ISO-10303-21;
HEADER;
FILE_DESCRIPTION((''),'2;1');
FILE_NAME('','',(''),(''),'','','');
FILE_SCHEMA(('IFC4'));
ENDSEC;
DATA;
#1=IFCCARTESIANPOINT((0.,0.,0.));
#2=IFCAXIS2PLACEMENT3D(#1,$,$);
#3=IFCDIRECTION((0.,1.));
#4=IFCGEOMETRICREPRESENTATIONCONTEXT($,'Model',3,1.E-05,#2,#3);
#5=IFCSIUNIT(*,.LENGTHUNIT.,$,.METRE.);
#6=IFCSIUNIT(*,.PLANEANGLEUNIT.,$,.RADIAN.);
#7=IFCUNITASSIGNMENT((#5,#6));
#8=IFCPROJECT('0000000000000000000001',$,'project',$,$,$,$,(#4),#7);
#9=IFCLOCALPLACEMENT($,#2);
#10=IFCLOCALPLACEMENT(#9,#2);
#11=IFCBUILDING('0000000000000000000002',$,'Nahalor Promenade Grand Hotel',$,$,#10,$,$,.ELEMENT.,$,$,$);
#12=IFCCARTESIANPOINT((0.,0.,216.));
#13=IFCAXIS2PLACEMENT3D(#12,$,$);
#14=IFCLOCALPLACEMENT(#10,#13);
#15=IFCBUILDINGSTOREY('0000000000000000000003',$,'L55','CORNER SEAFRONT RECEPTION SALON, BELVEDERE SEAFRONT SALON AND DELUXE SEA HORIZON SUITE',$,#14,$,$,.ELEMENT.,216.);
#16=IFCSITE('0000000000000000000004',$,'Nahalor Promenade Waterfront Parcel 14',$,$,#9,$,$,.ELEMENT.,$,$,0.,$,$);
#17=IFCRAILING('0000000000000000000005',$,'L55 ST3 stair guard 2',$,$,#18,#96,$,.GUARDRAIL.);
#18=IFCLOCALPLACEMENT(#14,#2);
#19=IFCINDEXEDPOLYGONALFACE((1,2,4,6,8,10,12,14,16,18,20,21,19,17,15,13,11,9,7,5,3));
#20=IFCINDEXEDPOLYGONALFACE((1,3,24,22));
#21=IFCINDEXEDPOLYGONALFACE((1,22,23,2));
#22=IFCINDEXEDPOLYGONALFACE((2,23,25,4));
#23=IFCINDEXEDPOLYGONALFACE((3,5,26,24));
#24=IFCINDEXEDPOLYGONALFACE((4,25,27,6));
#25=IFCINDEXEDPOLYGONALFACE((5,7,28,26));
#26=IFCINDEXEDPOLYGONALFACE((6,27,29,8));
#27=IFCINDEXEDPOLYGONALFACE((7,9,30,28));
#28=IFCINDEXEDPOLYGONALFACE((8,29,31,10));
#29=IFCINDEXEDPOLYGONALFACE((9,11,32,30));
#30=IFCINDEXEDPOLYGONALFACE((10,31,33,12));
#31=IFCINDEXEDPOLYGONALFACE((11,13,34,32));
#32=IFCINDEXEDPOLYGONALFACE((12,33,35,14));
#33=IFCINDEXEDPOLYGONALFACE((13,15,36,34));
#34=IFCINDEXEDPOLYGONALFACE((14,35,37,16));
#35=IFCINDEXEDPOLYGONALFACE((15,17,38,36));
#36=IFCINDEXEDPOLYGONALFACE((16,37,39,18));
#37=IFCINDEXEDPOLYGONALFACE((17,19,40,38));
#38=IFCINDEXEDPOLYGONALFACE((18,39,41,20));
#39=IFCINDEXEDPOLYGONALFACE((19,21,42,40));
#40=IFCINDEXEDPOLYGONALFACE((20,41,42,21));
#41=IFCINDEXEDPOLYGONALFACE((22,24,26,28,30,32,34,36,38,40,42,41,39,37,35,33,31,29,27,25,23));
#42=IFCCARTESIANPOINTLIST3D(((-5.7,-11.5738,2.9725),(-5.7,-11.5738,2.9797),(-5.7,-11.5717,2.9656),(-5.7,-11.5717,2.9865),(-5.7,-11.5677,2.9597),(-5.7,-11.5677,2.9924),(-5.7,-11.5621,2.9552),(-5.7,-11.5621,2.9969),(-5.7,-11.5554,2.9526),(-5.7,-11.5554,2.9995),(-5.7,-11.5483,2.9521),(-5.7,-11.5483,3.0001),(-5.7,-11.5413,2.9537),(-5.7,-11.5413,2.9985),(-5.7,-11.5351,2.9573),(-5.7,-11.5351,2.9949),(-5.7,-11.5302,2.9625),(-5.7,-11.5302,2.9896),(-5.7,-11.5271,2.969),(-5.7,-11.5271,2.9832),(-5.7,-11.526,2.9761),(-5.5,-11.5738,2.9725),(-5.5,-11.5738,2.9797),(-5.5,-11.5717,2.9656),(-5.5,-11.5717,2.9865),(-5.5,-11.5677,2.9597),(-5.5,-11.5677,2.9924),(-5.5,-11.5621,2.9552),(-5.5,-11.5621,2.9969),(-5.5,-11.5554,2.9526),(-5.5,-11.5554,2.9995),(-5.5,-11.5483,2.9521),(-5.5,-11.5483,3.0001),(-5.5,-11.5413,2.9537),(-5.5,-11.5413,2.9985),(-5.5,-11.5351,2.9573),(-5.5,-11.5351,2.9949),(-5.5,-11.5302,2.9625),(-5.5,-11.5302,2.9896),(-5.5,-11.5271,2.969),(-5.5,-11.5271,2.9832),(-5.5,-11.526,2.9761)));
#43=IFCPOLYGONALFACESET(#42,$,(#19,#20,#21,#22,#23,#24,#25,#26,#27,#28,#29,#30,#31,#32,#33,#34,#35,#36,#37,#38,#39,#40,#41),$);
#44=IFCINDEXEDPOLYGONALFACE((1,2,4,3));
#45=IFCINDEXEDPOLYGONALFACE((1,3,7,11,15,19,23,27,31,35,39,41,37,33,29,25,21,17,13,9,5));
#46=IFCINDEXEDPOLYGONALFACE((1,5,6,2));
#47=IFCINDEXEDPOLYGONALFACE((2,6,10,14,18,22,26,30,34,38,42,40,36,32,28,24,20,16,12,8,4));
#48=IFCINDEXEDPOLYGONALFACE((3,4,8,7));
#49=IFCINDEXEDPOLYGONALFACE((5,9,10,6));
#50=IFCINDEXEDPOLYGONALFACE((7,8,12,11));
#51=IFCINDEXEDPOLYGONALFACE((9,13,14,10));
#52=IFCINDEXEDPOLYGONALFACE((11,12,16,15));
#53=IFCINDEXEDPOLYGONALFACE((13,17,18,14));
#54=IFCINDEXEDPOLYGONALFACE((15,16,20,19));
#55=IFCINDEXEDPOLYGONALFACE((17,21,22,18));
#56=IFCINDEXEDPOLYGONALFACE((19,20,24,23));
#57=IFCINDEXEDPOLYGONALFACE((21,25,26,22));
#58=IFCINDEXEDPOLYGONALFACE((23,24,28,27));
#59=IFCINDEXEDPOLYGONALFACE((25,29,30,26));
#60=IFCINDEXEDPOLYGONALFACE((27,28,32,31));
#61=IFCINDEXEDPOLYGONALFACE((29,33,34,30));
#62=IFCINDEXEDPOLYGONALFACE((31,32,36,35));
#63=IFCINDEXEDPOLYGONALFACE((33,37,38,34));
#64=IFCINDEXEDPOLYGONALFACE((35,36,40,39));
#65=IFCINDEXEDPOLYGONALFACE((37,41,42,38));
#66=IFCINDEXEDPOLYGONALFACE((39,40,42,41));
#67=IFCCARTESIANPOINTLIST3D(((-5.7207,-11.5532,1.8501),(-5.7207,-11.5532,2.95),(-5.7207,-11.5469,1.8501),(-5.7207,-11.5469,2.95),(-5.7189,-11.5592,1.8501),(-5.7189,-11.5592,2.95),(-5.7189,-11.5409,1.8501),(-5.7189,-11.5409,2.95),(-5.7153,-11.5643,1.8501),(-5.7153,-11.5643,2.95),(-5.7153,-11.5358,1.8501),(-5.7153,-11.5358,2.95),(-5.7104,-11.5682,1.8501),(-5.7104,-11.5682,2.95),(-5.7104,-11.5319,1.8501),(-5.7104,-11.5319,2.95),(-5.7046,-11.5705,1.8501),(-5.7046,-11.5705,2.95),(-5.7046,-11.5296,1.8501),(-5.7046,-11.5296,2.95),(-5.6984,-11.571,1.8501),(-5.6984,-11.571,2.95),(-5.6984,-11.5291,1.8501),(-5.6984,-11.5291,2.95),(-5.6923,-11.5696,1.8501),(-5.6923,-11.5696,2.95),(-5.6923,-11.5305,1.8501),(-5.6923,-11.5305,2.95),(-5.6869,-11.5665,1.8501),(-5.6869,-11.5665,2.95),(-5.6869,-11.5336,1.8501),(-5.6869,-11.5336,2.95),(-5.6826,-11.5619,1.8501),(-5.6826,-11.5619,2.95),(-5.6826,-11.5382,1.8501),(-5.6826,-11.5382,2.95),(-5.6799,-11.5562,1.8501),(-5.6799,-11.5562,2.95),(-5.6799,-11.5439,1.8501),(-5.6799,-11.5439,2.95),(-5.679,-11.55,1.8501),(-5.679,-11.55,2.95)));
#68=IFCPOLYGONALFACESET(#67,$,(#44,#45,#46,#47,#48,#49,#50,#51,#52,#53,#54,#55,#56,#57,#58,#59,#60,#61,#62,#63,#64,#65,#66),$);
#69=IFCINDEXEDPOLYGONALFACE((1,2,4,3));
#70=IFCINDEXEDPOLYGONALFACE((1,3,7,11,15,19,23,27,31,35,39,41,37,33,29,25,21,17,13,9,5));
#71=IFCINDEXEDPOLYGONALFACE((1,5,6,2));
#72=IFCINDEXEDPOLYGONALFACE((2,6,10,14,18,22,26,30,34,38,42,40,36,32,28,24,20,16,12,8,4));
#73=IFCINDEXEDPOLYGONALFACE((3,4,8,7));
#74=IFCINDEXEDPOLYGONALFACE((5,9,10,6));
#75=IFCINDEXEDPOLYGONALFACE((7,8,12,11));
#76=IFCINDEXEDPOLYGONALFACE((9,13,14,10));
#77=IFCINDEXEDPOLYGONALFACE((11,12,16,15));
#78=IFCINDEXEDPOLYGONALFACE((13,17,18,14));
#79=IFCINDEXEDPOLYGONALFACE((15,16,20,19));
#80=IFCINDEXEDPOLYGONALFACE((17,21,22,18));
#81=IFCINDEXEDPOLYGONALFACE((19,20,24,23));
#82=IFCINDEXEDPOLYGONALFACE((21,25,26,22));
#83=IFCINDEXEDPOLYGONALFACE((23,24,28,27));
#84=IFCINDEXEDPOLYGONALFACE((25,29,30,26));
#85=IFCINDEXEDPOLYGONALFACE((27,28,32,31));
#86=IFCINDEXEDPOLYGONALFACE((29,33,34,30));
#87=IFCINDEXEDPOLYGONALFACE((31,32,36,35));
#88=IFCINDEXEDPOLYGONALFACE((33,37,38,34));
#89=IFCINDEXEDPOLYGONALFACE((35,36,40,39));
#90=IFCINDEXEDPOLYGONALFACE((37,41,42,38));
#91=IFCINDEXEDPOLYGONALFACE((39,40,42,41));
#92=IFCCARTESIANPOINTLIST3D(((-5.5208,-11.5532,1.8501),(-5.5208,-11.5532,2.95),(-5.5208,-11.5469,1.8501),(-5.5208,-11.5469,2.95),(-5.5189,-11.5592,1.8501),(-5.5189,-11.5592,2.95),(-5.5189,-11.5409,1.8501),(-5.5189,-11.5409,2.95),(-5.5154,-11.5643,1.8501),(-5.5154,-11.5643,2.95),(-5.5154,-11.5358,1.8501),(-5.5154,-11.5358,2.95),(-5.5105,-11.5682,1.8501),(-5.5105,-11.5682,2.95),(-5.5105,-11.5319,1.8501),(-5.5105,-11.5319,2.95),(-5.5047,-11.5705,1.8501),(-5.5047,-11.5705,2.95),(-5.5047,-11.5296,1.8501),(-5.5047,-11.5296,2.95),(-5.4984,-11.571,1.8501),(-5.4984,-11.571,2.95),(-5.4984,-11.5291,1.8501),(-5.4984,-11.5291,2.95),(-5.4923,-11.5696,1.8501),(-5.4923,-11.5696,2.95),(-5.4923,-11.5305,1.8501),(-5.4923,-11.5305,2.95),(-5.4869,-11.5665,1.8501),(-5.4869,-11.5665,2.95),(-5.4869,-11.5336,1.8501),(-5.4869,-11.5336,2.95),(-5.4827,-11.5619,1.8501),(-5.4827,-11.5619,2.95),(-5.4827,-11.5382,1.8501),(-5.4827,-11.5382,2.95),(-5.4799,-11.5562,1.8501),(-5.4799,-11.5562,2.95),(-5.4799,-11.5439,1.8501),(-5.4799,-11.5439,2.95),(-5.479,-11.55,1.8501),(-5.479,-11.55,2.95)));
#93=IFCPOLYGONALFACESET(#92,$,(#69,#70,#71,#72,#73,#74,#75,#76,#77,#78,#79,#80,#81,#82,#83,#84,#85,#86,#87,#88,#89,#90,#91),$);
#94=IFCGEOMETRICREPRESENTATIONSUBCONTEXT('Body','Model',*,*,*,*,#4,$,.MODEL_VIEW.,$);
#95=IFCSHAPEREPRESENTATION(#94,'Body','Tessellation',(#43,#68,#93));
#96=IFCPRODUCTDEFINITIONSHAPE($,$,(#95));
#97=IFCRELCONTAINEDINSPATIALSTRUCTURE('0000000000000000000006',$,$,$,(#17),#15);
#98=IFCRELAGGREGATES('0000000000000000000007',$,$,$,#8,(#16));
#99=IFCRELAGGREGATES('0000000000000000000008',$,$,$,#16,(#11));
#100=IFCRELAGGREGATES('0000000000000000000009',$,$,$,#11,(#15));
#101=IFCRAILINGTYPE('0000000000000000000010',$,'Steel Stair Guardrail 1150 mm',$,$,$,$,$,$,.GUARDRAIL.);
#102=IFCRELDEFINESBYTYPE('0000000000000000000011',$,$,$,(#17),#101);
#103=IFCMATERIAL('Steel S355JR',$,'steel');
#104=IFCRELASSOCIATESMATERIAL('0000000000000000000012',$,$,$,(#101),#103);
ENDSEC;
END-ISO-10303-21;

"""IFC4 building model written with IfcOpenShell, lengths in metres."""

from ifc_helpers import new_model, si_unit, direction, frame, origin, origin_2d, place, context, subcontext, project, spatial, circle, extrude, material, type_object, element, save


model = new_model("IFC4")

# Units and contexts
model_context = context("Model", 3, precision=1e-05, world=origin(), true_north=direction((0.0, 1.0)))
body_context = subcontext(model_context, "Body", "Model", "MODEL_VIEW")
ifc_project = project(units=[si_unit("LENGTHUNIT", "METRE"), si_unit("PLANEANGLEUNIT", "RADIAN")], contexts=[model_context])

# Site, building, storey
site_placement = place(None, origin())
site = spatial("IfcSite", under=ifc_project, at=site_placement, Name="Nahalor Promenade Waterfront Parcel 14", CompositionType="ELEMENT", RefElevation=0.0)
building_placement = place(site_placement, origin())
building = spatial("IfcBuilding", under=site, at=building_placement, Name="Nahalor Promenade Grand Hotel", CompositionType="ELEMENT")
storey_placement = place(building_placement, frame((0.0, 0.0, 216.0)))
storey = spatial("IfcBuildingStorey", under=building, at=storey_placement, Name="L55", Description="CORNER SEAFRONT RECEPTION SALON, BELVEDERE SEAFRONT SALON AND DELUXE SEA HORIZON SUITE", CompositionType="ELEMENT", Elevation=216.0)

# Shared definitions
ifc_material_1 = material(Name="Steel S355JR", Category="steel")

# Railing
railing_type_1 = type_object("IfcRailingType", Name="Steel Stair Guardrail 1150 mm", PredefinedType="GUARDRAIL", material=ifc_material_1)
railing_1_placement = place(storey_placement, frame((-5.7, -11.55, 1.8501)))
element("IfcRailing", 1, at=railing_1_placement, inside=storey, type_object=railing_type_1, Name="L55 ST3 stair guard 2", PredefinedType="GUARDRAIL", context=body_context, shape_type="SweptSolid", body=[
    extrude(circle(Radius=0.024, at=origin_2d()), frame((0.0, 0.0, 1.126), z_axis=(1.0, 0.0, 0.0), x_axis=(0.0, 1.0, 0.0)), (0.0, 0.0, 1.0), 0.2),
    extrude(circle(Radius=0.021, at=origin_2d()), origin(), (0.0, 0.0, 1.0), 1.0999),
    extrude(circle(Radius=0.021, at=origin_2d()), frame((0.2, 0.0, 0.0)), (0.0, 0.0, 1.0), 1.0999),
])

save(model, "model.ifc")
